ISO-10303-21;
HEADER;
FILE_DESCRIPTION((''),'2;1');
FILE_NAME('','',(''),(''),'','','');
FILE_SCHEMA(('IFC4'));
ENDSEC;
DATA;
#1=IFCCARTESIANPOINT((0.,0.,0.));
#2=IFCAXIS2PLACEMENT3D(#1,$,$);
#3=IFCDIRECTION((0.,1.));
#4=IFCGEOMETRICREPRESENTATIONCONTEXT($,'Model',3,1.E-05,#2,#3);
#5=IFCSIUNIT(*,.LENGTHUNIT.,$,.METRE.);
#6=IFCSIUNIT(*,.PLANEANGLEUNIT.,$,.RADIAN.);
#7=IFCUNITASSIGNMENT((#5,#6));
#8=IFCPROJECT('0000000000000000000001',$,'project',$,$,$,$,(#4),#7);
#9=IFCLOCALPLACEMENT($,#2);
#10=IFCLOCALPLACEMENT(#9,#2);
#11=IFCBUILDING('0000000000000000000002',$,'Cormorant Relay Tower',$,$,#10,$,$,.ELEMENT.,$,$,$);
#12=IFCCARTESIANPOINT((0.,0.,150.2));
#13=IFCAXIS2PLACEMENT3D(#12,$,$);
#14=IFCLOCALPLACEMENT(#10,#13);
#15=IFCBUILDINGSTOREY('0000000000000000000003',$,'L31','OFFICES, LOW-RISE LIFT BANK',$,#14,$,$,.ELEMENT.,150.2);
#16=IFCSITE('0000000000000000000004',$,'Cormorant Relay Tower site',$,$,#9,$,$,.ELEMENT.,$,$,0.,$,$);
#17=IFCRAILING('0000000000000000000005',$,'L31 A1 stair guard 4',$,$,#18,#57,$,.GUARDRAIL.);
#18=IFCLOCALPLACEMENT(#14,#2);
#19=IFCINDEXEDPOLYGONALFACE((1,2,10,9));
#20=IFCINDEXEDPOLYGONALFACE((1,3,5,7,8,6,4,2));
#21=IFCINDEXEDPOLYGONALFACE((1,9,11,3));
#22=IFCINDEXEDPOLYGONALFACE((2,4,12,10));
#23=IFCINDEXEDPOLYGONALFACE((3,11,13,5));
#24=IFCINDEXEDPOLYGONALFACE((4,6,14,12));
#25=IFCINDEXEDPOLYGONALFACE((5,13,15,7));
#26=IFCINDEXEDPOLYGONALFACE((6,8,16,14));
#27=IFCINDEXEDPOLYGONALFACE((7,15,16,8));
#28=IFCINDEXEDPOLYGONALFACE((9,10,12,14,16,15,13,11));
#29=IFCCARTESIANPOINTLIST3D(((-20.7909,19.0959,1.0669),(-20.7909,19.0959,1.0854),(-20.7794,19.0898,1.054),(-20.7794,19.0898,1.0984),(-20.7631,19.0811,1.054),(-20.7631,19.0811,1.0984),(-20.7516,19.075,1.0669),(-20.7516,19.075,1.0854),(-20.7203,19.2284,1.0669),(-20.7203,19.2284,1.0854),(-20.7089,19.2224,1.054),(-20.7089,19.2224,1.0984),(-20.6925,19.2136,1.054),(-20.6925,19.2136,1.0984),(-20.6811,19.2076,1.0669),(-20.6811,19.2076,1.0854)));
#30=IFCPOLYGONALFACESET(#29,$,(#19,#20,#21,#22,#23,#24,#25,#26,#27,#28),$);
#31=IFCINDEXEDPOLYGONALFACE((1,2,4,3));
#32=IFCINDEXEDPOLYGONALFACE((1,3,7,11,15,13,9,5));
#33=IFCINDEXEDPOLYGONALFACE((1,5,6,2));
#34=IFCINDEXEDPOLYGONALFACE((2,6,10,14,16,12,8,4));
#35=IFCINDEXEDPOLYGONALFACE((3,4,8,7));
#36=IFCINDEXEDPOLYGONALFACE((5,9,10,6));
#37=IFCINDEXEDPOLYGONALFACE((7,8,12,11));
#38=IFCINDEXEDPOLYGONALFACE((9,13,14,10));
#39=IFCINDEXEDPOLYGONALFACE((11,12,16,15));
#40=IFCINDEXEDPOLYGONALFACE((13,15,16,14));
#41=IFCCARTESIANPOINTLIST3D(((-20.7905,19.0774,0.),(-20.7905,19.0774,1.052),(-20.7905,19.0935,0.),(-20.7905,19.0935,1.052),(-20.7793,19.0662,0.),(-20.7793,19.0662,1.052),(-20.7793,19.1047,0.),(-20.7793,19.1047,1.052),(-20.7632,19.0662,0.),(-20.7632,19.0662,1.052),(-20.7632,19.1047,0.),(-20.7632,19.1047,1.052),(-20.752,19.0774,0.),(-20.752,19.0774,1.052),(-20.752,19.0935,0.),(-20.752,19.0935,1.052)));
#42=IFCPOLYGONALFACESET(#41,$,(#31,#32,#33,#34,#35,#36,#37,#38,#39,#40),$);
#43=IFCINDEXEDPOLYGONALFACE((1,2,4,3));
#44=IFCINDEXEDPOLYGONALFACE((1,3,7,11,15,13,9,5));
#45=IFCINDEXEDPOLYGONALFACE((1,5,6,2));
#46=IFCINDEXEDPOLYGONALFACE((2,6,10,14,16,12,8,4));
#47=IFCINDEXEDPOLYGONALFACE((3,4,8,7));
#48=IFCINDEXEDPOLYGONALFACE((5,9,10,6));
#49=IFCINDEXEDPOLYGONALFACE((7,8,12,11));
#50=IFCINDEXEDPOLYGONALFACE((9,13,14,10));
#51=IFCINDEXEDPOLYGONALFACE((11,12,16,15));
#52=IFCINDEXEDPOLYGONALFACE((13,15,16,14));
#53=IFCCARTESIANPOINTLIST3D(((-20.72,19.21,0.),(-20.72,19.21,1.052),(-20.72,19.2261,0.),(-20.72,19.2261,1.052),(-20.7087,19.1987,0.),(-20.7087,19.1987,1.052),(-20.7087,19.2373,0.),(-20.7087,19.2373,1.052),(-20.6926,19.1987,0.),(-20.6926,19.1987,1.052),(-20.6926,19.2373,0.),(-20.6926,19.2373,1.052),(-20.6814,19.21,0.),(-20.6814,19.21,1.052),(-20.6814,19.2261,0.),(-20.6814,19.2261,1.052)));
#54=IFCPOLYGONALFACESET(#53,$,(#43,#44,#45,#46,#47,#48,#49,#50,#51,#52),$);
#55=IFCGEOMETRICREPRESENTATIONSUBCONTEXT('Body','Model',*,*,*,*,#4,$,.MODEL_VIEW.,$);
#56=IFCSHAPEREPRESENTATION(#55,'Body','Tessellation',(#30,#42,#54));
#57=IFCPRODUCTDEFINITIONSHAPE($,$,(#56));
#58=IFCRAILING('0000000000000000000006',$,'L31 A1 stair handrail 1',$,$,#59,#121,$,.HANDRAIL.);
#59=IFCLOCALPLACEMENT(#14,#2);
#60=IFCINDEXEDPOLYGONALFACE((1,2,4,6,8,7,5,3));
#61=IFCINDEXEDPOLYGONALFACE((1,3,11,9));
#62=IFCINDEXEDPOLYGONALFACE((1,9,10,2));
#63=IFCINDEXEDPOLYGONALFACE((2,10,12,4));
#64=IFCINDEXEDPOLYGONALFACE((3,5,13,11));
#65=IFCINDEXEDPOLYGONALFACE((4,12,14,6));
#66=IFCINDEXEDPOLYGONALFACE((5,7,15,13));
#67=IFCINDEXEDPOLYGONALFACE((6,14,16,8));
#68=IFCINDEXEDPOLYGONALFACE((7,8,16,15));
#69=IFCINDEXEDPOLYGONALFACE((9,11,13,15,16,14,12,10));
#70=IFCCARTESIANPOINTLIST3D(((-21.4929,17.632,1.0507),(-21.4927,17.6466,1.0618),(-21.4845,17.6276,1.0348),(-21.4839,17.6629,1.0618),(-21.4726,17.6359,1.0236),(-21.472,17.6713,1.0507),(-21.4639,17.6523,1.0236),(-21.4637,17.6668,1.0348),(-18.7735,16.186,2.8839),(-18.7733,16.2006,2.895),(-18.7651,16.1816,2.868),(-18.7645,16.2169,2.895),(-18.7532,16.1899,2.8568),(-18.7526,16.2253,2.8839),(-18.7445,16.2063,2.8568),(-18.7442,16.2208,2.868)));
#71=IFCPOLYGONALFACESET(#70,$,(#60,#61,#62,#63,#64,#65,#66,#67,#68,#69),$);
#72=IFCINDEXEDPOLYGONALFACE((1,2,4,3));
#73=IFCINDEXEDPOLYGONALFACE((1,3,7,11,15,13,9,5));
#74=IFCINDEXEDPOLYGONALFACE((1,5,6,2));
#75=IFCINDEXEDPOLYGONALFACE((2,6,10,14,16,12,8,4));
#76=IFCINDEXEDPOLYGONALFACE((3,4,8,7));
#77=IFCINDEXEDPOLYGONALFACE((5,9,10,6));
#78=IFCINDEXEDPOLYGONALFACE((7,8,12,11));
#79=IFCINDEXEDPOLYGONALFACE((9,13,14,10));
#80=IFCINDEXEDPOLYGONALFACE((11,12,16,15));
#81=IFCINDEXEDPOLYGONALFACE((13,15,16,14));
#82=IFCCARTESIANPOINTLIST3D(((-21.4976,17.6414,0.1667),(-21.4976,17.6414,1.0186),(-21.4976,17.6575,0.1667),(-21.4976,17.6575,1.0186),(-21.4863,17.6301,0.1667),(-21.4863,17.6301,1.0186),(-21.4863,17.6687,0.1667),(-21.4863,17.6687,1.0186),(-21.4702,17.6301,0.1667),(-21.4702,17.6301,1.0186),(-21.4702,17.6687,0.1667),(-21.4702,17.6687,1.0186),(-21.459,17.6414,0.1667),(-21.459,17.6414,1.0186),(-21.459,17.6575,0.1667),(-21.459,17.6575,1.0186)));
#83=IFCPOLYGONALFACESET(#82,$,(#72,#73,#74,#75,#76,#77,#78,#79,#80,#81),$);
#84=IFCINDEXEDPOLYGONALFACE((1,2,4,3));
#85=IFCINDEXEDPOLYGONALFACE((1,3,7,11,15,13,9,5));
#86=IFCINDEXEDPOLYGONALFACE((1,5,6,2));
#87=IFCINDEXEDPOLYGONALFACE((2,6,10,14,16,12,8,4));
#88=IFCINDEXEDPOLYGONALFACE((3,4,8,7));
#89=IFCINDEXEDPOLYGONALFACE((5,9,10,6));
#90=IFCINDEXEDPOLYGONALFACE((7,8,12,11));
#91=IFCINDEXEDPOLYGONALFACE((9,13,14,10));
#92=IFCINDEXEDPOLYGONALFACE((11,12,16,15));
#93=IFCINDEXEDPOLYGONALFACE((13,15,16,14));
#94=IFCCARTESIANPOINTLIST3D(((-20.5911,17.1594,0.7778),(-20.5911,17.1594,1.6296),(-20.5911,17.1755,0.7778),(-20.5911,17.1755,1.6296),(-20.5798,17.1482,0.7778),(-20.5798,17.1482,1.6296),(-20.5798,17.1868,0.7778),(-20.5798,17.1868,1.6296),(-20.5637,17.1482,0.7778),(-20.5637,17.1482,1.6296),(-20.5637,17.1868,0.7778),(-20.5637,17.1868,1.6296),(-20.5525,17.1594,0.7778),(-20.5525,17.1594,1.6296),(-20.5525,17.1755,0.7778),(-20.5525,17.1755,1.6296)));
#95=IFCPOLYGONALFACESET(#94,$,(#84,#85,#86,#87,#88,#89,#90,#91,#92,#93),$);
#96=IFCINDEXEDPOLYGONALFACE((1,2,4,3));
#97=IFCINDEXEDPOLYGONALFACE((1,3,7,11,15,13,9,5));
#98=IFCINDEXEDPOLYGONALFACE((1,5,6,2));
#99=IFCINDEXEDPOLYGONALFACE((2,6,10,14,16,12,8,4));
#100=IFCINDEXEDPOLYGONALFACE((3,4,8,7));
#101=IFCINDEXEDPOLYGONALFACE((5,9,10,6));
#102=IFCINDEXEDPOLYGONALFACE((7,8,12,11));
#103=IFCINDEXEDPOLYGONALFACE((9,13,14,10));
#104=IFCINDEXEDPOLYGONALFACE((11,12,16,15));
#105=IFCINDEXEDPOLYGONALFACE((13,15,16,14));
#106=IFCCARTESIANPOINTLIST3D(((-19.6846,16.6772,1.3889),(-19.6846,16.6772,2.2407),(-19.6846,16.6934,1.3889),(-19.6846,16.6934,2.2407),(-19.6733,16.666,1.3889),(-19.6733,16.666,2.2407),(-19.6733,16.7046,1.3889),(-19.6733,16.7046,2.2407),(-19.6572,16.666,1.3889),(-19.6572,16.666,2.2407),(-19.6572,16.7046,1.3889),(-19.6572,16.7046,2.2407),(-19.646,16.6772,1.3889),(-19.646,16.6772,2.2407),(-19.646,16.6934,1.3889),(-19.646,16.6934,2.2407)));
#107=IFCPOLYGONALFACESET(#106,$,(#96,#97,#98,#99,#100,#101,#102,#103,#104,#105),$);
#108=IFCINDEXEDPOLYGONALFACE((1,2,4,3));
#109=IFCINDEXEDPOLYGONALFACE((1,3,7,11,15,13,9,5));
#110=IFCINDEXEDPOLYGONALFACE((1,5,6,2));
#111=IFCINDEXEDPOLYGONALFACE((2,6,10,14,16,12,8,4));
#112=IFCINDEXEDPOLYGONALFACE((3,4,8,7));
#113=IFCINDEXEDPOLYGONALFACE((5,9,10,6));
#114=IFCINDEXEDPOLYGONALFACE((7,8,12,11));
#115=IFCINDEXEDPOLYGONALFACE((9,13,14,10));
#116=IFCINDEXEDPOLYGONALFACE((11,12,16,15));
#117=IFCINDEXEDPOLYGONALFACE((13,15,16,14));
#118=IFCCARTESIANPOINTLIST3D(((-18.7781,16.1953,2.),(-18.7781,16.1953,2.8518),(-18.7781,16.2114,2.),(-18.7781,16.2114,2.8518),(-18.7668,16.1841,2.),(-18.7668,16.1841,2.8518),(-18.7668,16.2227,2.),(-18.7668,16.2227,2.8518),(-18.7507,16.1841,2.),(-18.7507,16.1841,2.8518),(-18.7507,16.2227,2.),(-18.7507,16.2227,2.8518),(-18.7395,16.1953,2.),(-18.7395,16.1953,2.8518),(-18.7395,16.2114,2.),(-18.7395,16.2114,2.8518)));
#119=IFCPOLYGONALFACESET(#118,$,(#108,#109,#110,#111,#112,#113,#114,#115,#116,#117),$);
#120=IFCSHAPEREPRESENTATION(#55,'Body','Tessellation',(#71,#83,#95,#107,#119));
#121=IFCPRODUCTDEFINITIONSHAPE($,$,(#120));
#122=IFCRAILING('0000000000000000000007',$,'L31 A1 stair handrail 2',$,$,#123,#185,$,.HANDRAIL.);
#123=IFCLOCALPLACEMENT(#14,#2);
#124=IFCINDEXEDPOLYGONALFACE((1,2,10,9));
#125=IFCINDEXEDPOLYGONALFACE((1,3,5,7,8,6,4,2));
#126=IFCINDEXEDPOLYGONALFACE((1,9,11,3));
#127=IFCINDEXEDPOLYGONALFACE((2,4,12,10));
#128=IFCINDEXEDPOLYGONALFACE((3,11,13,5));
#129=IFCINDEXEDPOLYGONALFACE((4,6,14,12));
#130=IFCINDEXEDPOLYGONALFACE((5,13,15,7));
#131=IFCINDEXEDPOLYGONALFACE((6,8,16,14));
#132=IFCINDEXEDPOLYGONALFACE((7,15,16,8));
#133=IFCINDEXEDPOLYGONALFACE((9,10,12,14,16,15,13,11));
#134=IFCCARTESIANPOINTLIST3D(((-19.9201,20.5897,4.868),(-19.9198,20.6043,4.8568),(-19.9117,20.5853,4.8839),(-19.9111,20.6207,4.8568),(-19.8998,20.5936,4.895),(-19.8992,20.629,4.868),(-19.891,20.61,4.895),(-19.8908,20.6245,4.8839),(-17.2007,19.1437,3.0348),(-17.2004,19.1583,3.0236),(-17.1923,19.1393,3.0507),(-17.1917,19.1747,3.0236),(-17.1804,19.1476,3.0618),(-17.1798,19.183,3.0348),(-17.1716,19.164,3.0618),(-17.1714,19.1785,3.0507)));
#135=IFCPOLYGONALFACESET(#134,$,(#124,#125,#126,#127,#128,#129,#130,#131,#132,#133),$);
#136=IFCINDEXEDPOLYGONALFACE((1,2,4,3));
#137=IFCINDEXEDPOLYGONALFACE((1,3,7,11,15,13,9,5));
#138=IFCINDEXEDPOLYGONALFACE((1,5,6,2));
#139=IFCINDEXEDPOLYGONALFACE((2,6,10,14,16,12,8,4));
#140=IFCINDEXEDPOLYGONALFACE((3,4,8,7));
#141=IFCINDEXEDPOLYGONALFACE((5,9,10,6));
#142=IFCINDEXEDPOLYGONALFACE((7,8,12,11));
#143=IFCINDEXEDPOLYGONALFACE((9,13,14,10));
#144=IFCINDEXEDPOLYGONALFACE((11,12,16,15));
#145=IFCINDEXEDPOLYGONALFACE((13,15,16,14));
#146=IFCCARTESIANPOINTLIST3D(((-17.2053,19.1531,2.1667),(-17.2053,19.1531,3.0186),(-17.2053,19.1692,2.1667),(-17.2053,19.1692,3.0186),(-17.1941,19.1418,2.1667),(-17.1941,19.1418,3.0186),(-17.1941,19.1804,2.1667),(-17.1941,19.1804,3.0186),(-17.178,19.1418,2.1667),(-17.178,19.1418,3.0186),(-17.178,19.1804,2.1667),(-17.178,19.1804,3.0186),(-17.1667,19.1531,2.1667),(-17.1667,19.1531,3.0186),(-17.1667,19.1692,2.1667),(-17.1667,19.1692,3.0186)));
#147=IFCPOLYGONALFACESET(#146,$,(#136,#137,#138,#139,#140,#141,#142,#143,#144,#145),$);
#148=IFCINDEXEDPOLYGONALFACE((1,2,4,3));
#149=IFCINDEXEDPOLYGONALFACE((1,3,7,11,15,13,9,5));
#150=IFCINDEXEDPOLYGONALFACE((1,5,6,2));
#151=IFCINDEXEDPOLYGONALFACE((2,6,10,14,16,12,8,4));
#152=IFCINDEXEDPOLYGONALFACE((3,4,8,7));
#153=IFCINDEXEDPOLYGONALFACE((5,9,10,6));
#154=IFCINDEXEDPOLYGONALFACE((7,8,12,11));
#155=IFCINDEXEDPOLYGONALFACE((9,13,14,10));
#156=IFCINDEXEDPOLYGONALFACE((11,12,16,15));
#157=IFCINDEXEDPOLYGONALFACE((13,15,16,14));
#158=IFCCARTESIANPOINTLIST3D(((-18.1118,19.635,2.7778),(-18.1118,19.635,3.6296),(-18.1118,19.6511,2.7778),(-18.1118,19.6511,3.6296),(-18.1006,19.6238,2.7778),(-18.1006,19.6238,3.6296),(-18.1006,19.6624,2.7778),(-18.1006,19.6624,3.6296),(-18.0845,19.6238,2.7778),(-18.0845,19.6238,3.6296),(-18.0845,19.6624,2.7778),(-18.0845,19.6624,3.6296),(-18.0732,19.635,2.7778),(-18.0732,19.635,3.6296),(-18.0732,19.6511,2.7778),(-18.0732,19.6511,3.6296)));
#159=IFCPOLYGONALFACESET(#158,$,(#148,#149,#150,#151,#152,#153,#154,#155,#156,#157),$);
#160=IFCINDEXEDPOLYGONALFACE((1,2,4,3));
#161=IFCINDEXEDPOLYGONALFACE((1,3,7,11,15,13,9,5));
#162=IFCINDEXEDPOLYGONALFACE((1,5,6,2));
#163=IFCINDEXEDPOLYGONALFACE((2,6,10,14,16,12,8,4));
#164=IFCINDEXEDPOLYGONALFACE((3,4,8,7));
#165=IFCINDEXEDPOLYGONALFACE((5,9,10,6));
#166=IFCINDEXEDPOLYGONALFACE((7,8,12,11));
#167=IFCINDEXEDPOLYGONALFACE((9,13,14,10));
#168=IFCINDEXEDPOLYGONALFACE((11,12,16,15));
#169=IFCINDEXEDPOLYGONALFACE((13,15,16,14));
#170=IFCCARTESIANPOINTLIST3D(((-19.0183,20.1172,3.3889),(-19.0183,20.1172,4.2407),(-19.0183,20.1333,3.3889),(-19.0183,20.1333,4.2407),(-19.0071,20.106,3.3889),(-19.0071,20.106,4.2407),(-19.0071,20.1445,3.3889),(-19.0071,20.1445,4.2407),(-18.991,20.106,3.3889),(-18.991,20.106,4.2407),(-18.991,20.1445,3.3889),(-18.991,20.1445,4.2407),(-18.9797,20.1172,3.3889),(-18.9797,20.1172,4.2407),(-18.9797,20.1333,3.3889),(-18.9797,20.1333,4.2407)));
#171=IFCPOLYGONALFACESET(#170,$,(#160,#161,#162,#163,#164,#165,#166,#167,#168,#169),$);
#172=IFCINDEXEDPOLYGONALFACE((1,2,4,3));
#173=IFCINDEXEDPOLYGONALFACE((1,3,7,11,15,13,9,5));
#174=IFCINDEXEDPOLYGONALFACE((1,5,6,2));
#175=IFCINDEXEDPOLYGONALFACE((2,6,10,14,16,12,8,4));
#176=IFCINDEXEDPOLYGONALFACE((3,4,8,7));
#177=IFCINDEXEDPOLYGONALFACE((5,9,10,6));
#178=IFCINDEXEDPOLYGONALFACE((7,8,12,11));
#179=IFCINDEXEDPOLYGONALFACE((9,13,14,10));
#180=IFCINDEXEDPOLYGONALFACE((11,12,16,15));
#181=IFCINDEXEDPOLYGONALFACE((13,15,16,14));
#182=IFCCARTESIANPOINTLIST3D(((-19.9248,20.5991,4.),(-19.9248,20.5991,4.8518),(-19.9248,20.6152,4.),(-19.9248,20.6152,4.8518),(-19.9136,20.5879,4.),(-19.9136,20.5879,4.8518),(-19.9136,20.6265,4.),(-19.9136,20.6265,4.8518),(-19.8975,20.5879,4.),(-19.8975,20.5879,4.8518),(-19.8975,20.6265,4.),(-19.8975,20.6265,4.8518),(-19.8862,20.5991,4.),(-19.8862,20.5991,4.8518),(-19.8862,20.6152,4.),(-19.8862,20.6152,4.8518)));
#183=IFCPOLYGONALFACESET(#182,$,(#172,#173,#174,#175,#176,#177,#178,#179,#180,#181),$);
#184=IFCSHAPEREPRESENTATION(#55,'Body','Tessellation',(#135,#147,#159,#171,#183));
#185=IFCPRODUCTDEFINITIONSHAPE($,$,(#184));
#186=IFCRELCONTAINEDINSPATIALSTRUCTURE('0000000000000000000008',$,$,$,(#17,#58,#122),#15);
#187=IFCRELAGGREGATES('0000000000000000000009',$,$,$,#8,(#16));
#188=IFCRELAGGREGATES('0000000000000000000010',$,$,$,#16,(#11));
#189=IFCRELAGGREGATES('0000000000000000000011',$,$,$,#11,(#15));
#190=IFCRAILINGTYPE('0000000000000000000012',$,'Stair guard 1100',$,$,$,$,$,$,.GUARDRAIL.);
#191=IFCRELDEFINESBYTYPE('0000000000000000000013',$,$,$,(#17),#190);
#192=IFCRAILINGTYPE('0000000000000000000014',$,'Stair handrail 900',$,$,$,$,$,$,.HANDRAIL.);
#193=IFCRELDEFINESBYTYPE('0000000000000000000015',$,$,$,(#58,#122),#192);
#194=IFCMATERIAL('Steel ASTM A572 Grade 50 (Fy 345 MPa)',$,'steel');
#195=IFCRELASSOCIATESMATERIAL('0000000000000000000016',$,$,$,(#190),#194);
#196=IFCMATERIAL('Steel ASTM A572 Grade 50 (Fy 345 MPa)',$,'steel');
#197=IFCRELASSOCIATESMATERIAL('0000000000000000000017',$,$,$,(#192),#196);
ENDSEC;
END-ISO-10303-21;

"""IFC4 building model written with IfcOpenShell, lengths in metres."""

from ifc_helpers import new_model, si_unit, direction, frame, origin, place, context, subcontext, project, spatial, polyline, outline, extrude, material, type_object, element, save


model = new_model("IFC4")

# Units and contexts
model_context = context("Model", 3, precision=1e-05, world=origin(), true_north=direction((0.0, 1.0)))
body_context = subcontext(model_context, "Body", "Model", "MODEL_VIEW")
ifc_project = project(units=[si_unit("LENGTHUNIT", "METRE"), si_unit("PLANEANGLEUNIT", "RADIAN")], contexts=[model_context])

# Site, building, storey
site_placement = place(None, origin())
site = spatial("IfcSite", under=ifc_project, at=site_placement, Name="Cormorant Relay Tower site", CompositionType="ELEMENT", RefElevation=0.0)
building_placement = place(site_placement, origin())
building = spatial("IfcBuilding", under=site, at=building_placement, Name="Cormorant Relay Tower", CompositionType="ELEMENT")
storey_placement = place(building_placement, frame((0.0, 0.0, 150.2)))
storey = spatial("IfcBuildingStorey", under=building, at=storey_placement, Name="L31", Description="OFFICES, LOW-RISE LIFT BANK", CompositionType="ELEMENT", Elevation=150.2)

# Railings
ifc_material_1 = material(Name="Steel ASTM A572 Grade 50 (Fy 345 MPa)", Category="steel")
railing_type_1 = type_object("IfcRailingType", Name="Stair guard 1100", PredefinedType="GUARDRAIL", material=ifc_material_1)
railing_1_placement = place(storey_placement, frame((-20.7712, 19.0854, 0.0)))
element("IfcRailing", 1, at=railing_1_placement, inside=storey, type_object=railing_type_1, Name="L31 A1 stair guard 4", PredefinedType="GUARDRAIL", context=body_context, shape_type="SweptSolid", body=[
    extrude(outline(polyline([(0.0222, 0.0093), (0.0093, 0.0222), (-0.0093, 0.0222), (-0.0222, 0.0093), (-0.0222, -0.0093), (-0.0093, -0.0222), (0.0093, -0.0222), (0.0222, -0.0093), (0.0222, 0.0093)])), frame((0.0, 0.0, 1.0762), z_axis=(0.469829, 0.882758, 0.0), x_axis=(-0.882758, 0.469829, 0.0)), (0.0, 0.0, 1.0), 0.1501),
    extrude(outline(polyline([(0.0193, 0.0081), (0.0081, 0.0193), (-0.0081, 0.0193), (-0.0193, 0.0081), (-0.0193, -0.0081), (-0.0081, -0.0193), (0.0081, -0.0193), (0.0193, -0.0081), (0.0193, 0.0081)])), origin(), (0.0, 0.0, 1.0), 1.052),
    extrude(outline(polyline([(0.0193, 0.0081), (0.0081, 0.0193), (-0.0081, 0.0193), (-0.0193, 0.0081), (-0.0193, -0.0081), (-0.0081, -0.0193), (0.0081, -0.0193), (0.0193, -0.0081), (0.0193, 0.0081)])), frame((0.0706, 0.1326, 0.0)), (0.0, 0.0, 1.0), 1.052),
])
ifc_material_2 = material(Name="Steel ASTM A572 Grade 50 (Fy 345 MPa)", Category="steel")
railing_type_2 = type_object("IfcRailingType", Name="Stair handrail 900", PredefinedType="HANDRAIL", material=ifc_material_2)
railing_2_placement = place(storey_placement, frame((-21.4783, 17.6494, 0.1667)))
element("IfcRailing", 2, at=railing_2_placement, inside=storey, type_object=railing_type_2, Name="L31 A1 stair handrail 1", PredefinedType="HANDRAIL", context=body_context, shape_type="SweptSolid", body=[
    extrude(outline(polyline([(0.0222, 0.0093), (0.0093, 0.0222), (-0.0093, 0.0222), (-0.0222, 0.0093), (-0.0222, -0.0093), (-0.0093, -0.0222), (0.0093, -0.0222), (0.0222, -0.0093), (0.0222, 0.0093)])), frame((0.0, 0.0, 0.876), z_axis=(0.758714, -0.403435, 0.511463), x_axis=(0.469489, 0.882938, 0.0)), (0.0, 0.0, 1.0), 3.5842),
    extrude(outline(polyline([(0.0193, 0.0081), (0.0081, 0.0193), (-0.0081, 0.0193), (-0.0193, 0.0081), (-0.0193, -0.0081), (-0.0081, -0.0193), (0.0081, -0.0193), (0.0193, -0.0081), (0.0193, 0.0081)])), origin(), (0.0, 0.0, 1.0), 0.8518),
    extrude(outline(polyline([(0.0193, 0.0081), (0.0081, 0.0193), (-0.0081, 0.0193), (-0.0193, 0.0081), (-0.0193, -0.0081), (-0.0081, -0.0193), (0.0081, -0.0193), (0.0193, -0.0081), (0.0193, 0.0081)])), frame((0.9065, -0.4819, 0.6111)), (0.0, 0.0, 1.0), 0.8518),
    extrude(outline(polyline([(0.0193, 0.0081), (0.0081, 0.0193), (-0.0081, 0.0193), (-0.0193, 0.0081), (-0.0193, -0.0081), (-0.0081, -0.0193), (0.0081, -0.0193), (0.0193, -0.0081), (0.0193, 0.0081)])), frame((1.813, -0.9641, 1.2222)), (0.0, 0.0, 1.0), 0.8518),
    extrude(outline(polyline([(0.0193, 0.0081), (0.0081, 0.0193), (-0.0081, 0.0193), (-0.0193, 0.0081), (-0.0193, -0.0081), (-0.0081, -0.0193), (0.0081, -0.0193), (0.0193, -0.0081), (0.0193, 0.0081)])), frame((2.7195, -1.446, 1.8333)), (0.0, 0.0, 1.0), 0.8518),
])
railing_3_placement = place(storey_placement, frame((-17.186, 19.1611, 2.1667)))
element("IfcRailing", 3, at=railing_3_placement, inside=storey, type_object=railing_type_2, Name="L31 A1 stair handrail 2", PredefinedType="HANDRAIL", context=body_context, shape_type="SweptSolid", body=[
    extrude(outline(polyline([(0.0222, 0.0093), (0.0093, 0.0222), (-0.0093, 0.0222), (-0.0222, 0.0093), (-0.0222, -0.0093), (-0.0093, -0.0222), (0.0093, -0.0222), (0.0222, -0.0093), (0.0222, 0.0093)])), frame((0.0, 0.0, 0.876), z_axis=(-0.758714, 0.403435, 0.511463), x_axis=(-0.469489, -0.882938, 0.0)), (0.0, 0.0, 1.0), 3.5842),
    extrude(outline(polyline([(0.0193, 0.0081), (0.0081, 0.0193), (-0.0081, 0.0193), (-0.0193, 0.0081), (-0.0193, -0.0081), (-0.0081, -0.0193), (0.0081, -0.0193), (0.0193, -0.0081), (0.0193, 0.0081)])), origin(), (0.0, 0.0, 1.0), 0.8518),
    extrude(outline(polyline([(0.0193, 0.0081), (0.0081, 0.0193), (-0.0081, 0.0193), (-0.0193, 0.0081), (-0.0193, -0.0081), (-0.0081, -0.0193), (0.0081, -0.0193), (0.0193, -0.0081), (0.0193, 0.0081)])), frame((-0.9065, 0.4819, 0.6111)), (0.0, 0.0, 1.0), 0.8518),
    extrude(outline(polyline([(0.0193, 0.0081), (0.0081, 0.0193), (-0.0081, 0.0193), (-0.0193, 0.0081), (-0.0193, -0.0081), (-0.0081, -0.0193), (0.0081, -0.0193), (0.0193, -0.0081), (0.0193, 0.0081)])), frame((-1.813, 0.9641, 1.2222)), (0.0, 0.0, 1.0), 0.8518),
    extrude(outline(polyline([(0.0193, 0.0081), (0.0081, 0.0193), (-0.0081, 0.0193), (-0.0193, 0.0081), (-0.0193, -0.0081), (-0.0081, -0.0193), (0.0081, -0.0193), (0.0193, -0.0081), (0.0193, 0.0081)])), frame((-2.7195, 1.446, 1.8333)), (0.0, 0.0, 1.0), 0.8518),
])

save(model, "model.ifc")
